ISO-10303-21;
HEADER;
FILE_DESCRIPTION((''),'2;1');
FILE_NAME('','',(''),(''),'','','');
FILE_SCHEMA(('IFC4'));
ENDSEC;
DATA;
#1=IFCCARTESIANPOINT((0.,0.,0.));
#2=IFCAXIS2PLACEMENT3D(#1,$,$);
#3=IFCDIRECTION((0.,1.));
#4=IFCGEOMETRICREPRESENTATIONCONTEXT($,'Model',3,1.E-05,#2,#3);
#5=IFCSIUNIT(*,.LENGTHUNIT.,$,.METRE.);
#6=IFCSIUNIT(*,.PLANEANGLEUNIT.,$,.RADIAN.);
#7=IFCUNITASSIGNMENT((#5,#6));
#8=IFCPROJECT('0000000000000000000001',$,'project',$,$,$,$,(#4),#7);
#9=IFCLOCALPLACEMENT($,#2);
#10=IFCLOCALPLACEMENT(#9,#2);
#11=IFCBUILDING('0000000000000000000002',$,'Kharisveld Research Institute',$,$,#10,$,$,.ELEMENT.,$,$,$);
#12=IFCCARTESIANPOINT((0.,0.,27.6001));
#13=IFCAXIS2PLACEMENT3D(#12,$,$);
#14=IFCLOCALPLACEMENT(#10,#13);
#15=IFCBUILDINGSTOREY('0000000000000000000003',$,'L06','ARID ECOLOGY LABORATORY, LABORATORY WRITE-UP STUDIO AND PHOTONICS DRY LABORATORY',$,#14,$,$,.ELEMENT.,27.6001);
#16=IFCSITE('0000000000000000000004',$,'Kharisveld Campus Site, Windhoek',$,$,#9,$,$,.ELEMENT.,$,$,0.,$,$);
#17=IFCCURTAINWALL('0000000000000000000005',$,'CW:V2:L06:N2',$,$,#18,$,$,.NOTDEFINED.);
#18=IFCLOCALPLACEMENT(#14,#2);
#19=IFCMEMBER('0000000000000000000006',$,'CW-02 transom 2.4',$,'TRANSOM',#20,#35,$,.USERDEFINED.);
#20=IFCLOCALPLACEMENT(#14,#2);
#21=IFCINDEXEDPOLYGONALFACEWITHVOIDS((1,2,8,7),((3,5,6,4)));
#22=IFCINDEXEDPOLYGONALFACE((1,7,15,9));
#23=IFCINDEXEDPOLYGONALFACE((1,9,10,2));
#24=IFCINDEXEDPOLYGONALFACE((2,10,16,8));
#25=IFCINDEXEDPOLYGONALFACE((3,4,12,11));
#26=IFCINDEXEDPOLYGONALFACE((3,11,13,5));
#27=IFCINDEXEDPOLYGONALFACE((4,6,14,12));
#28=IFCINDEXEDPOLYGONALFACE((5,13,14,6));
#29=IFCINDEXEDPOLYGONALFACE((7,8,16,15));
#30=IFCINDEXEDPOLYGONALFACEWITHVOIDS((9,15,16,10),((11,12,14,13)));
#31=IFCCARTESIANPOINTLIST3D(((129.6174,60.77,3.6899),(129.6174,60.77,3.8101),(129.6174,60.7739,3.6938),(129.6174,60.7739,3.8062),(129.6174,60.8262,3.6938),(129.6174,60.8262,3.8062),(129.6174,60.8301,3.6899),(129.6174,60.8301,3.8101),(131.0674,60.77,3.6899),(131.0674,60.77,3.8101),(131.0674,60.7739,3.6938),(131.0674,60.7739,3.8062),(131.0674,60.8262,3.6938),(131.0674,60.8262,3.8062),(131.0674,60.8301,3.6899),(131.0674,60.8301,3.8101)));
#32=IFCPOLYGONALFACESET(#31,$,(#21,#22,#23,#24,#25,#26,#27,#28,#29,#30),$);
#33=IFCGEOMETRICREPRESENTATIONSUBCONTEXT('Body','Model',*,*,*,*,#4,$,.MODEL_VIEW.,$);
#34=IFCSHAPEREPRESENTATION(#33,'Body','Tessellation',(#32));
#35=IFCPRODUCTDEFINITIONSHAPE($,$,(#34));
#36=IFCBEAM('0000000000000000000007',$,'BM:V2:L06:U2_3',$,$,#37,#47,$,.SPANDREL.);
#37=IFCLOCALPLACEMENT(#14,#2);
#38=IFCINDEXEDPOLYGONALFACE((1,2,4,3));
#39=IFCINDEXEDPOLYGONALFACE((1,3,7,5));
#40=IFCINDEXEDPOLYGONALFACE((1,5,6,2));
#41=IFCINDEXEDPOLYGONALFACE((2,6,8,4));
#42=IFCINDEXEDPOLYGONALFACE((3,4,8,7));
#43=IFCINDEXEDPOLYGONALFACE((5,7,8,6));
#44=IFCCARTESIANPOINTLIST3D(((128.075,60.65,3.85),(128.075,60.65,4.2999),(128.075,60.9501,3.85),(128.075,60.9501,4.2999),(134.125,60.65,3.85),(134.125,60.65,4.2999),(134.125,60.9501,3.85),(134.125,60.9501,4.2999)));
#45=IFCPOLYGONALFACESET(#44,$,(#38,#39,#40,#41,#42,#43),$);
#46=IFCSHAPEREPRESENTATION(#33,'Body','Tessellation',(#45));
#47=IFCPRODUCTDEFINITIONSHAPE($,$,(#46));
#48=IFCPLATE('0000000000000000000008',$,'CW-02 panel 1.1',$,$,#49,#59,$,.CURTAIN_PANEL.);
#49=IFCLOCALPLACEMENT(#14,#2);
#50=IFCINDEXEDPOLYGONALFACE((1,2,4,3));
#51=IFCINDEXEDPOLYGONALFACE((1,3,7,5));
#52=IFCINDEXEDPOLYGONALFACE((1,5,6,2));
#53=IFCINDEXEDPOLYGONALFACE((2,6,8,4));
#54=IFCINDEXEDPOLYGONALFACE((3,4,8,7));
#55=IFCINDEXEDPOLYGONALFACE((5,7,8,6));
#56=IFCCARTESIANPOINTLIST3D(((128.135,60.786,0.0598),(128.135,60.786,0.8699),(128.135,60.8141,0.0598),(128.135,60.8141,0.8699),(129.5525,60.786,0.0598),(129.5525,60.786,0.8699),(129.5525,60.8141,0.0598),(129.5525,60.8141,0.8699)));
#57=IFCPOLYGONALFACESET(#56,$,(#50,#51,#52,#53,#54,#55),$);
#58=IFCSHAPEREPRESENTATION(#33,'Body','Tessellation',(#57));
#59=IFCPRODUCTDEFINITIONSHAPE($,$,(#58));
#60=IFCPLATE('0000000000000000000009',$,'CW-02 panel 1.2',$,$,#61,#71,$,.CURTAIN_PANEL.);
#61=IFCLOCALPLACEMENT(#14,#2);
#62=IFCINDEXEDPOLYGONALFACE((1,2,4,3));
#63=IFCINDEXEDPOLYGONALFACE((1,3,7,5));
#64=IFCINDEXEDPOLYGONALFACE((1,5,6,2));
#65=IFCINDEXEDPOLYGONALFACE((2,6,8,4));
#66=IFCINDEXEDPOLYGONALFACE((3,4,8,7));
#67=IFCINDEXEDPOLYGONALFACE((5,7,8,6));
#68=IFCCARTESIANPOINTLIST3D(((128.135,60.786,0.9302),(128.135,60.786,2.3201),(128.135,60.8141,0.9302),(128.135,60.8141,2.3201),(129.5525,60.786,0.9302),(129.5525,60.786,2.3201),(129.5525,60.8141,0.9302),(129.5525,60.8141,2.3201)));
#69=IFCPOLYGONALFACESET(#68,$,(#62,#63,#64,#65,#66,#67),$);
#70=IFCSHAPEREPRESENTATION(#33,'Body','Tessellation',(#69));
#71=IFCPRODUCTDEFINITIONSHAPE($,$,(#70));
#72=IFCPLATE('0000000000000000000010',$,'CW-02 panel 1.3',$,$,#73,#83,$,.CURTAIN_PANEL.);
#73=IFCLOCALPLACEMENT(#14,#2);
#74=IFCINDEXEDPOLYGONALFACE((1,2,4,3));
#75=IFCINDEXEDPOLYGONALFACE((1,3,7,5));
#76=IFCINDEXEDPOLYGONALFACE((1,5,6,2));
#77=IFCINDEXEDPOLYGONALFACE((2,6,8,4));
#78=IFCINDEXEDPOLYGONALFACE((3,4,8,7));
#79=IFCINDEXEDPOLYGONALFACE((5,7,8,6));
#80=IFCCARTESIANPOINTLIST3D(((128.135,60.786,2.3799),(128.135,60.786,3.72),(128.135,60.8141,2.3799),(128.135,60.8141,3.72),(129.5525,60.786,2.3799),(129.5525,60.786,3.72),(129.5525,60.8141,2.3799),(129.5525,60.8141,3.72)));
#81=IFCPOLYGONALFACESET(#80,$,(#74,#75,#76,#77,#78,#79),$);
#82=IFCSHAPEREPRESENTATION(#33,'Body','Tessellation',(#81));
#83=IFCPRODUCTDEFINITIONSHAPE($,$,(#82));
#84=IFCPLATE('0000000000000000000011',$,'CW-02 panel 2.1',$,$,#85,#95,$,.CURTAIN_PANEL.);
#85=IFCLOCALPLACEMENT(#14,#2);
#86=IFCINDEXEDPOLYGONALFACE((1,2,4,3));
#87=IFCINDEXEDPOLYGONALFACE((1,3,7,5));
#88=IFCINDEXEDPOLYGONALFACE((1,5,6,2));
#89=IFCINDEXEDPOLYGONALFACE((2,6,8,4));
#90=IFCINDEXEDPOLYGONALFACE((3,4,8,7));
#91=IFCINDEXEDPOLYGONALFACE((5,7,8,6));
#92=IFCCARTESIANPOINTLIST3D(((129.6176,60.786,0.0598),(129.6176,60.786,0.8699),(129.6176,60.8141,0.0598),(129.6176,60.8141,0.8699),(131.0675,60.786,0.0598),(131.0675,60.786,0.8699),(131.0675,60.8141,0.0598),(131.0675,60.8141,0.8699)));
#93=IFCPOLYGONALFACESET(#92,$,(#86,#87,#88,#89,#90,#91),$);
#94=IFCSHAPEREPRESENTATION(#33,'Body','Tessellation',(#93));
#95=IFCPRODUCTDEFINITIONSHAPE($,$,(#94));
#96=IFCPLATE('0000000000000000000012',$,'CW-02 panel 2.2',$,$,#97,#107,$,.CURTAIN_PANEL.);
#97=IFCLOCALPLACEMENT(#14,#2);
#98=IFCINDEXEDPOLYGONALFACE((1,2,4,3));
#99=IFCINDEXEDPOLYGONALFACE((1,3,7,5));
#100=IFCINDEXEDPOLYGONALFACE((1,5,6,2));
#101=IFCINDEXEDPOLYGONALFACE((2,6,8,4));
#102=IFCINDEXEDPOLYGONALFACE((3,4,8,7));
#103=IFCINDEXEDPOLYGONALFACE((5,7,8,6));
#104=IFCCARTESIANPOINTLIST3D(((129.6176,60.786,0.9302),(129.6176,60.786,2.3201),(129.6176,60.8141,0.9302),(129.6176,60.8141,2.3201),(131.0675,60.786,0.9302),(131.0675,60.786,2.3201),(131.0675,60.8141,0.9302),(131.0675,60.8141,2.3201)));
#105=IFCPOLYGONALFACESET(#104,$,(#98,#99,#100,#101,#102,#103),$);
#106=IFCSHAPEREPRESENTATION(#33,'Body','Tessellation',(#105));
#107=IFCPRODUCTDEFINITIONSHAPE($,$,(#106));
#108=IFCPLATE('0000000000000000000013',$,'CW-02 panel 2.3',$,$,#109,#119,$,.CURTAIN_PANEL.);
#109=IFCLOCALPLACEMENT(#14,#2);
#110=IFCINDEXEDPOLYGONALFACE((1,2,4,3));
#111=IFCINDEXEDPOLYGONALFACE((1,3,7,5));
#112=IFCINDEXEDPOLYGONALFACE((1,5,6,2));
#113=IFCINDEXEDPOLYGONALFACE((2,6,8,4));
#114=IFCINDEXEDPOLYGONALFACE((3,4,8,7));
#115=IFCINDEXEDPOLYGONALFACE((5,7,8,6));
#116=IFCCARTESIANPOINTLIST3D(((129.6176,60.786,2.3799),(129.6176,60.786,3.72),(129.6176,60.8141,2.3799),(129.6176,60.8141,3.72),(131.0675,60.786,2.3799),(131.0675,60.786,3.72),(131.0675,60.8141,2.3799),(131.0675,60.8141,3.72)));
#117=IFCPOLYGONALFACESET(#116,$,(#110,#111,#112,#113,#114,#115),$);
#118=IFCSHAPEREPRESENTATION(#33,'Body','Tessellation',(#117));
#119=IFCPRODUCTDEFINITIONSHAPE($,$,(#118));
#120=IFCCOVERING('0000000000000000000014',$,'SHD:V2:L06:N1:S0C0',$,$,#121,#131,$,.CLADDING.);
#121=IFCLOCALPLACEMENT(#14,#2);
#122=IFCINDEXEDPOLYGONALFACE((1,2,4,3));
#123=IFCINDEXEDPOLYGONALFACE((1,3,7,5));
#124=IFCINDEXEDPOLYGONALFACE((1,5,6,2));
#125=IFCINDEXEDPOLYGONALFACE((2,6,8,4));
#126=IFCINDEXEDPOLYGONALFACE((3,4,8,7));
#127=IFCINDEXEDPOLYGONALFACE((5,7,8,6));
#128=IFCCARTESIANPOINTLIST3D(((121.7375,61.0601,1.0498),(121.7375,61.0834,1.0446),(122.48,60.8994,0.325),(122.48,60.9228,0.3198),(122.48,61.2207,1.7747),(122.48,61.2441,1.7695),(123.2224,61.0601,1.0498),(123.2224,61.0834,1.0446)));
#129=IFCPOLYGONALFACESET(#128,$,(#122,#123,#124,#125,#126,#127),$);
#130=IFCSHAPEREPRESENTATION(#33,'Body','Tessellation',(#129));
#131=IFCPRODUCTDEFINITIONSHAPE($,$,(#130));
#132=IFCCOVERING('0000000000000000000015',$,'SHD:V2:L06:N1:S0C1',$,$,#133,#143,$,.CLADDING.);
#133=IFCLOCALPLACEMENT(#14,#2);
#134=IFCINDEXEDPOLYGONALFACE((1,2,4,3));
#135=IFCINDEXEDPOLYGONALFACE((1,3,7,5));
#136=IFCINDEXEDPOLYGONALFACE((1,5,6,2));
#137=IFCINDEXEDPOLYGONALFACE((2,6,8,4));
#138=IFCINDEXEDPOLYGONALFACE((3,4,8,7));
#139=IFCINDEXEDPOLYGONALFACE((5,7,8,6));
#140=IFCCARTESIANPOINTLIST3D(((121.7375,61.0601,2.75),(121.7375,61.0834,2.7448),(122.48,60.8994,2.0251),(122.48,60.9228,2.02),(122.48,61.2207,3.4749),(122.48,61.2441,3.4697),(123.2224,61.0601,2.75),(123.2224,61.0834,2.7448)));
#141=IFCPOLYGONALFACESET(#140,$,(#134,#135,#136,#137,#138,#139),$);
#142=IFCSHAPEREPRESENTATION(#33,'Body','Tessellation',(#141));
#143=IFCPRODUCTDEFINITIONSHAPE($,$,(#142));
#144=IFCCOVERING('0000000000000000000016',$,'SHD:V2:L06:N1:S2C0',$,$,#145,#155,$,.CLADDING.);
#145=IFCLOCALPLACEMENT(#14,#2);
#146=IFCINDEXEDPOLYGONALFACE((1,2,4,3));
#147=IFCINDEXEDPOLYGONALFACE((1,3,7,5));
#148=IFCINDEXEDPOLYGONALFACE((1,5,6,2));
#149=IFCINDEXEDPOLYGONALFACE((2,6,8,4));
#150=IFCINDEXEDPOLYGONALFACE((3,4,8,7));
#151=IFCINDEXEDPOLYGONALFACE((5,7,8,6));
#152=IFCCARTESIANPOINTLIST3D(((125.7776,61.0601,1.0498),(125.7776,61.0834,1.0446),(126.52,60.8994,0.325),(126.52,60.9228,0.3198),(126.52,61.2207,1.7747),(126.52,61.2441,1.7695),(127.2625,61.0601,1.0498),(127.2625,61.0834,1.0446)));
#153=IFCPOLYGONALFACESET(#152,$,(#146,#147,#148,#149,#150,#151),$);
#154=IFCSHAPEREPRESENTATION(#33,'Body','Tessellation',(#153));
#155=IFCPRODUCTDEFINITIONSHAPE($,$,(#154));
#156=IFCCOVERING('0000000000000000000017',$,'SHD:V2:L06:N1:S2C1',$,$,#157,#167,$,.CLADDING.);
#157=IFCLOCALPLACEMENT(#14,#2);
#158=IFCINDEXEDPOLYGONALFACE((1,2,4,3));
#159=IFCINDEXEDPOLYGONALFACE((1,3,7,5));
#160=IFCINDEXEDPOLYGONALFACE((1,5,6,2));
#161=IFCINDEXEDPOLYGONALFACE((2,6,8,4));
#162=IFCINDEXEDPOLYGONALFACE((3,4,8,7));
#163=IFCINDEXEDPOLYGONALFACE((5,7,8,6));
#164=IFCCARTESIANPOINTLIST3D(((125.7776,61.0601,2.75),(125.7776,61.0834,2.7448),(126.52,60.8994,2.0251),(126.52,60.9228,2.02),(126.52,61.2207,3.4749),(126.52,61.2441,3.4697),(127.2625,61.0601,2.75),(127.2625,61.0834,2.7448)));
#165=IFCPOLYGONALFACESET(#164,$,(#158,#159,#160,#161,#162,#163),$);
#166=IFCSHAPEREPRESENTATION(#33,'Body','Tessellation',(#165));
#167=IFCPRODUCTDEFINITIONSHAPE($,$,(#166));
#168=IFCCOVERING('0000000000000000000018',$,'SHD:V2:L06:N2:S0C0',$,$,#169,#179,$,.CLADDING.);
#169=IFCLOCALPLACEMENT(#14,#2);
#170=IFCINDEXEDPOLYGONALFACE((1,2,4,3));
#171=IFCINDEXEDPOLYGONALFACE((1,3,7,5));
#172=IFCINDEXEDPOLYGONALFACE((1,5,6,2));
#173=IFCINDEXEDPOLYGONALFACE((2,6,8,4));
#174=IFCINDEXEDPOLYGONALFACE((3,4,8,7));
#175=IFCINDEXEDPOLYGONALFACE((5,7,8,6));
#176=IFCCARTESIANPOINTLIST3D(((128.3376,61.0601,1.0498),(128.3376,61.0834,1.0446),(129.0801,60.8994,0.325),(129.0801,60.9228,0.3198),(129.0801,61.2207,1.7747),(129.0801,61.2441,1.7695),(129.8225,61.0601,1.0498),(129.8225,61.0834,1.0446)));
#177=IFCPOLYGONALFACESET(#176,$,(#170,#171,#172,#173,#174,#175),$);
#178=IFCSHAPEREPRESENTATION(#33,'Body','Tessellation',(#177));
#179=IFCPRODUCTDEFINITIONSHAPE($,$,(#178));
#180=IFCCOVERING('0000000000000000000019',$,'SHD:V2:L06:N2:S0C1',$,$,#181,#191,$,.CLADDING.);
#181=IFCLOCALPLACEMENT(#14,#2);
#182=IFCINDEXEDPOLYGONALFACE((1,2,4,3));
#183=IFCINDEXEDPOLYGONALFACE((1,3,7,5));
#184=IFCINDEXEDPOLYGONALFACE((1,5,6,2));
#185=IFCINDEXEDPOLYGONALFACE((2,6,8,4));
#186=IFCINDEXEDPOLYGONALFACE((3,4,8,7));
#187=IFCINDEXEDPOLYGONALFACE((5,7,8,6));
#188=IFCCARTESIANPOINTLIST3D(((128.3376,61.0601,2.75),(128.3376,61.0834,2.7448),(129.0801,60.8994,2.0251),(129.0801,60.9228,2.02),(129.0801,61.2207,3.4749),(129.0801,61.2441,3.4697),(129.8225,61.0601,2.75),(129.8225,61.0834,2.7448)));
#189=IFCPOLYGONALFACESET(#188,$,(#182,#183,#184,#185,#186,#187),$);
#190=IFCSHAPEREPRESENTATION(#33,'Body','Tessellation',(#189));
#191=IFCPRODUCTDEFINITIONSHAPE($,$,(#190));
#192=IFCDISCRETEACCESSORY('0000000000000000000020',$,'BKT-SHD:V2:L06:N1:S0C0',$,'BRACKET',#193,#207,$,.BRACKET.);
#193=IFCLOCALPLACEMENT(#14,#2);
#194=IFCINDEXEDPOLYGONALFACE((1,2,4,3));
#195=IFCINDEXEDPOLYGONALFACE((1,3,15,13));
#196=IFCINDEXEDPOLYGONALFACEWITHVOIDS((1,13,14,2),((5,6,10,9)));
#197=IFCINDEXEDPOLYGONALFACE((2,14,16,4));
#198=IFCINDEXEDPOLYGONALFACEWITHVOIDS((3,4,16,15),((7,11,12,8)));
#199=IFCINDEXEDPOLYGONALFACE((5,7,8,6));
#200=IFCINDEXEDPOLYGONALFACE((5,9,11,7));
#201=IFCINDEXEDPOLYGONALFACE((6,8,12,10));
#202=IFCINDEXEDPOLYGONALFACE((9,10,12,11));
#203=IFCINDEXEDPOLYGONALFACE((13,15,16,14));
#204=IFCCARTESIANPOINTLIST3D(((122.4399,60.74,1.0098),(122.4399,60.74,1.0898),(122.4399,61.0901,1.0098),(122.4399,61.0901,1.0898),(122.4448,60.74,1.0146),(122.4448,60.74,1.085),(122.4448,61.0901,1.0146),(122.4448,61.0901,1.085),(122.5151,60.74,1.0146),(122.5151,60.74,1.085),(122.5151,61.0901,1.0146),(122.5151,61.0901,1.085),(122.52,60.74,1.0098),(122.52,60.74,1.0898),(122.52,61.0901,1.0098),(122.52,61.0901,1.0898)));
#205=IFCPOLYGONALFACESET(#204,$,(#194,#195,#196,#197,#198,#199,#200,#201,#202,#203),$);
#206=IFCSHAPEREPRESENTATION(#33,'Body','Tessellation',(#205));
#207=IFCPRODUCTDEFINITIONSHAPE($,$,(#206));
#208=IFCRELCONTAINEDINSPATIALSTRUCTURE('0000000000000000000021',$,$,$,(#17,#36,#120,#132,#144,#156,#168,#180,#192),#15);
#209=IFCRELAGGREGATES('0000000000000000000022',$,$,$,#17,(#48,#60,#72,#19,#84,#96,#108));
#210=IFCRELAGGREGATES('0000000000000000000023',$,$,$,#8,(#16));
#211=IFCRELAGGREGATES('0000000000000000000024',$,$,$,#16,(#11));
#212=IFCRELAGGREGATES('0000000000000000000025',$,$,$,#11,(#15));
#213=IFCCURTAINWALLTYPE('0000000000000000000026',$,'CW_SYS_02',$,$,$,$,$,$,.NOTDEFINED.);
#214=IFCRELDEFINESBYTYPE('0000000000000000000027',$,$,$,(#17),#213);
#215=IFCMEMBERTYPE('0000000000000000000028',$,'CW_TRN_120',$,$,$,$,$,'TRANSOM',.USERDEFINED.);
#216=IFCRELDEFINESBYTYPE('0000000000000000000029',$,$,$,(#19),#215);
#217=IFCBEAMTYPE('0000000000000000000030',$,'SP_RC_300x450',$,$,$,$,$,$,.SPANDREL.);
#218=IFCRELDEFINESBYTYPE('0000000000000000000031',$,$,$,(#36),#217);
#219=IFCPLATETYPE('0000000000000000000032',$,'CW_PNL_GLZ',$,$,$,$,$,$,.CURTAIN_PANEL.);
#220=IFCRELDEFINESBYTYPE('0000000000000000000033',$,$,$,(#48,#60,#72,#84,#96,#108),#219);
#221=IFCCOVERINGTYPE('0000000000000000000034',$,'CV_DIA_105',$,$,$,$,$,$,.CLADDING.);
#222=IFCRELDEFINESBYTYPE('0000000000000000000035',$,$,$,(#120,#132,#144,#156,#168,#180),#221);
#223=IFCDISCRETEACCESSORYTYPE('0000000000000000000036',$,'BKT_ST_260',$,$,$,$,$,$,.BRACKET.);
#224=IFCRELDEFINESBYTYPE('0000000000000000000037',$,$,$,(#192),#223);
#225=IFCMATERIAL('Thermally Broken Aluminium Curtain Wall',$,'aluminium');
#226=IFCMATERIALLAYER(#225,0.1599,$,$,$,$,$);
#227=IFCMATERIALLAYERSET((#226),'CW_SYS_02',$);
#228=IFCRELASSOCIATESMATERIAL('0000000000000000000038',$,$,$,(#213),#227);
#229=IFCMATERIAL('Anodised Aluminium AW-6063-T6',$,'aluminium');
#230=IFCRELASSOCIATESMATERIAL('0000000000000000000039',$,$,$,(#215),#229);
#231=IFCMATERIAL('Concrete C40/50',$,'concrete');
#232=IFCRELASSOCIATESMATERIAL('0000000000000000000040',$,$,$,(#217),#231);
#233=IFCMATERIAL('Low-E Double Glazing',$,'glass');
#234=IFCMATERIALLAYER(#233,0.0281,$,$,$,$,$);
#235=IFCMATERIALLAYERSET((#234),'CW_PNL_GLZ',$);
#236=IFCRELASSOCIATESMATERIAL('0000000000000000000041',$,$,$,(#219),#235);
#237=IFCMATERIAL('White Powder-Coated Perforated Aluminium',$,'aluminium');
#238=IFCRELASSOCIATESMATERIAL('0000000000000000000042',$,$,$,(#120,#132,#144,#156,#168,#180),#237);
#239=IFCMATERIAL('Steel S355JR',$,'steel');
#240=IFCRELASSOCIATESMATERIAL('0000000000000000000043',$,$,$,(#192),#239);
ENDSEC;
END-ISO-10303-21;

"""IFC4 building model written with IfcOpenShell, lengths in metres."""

from ifc_helpers import new_model, si_unit, direction, frame, origin, origin_2d, place, context, subcontext, project, spatial, polyline, rectangle, hollow_rectangle, outline, extrude, material, layer, layer_set, material_profile, profile_set, type_object, element, aggregate, save


model = new_model("IFC4")

# Units and contexts
model_context = context("Model", 3, precision=1e-05, world=origin(), true_north=direction((0.0, 1.0)))
body_context = subcontext(model_context, "Body", "Model", "MODEL_VIEW")
ifc_project = project(units=[si_unit("LENGTHUNIT", "METRE"), si_unit("PLANEANGLEUNIT", "RADIAN")], contexts=[model_context])

# Site, building, storey
site_placement = place(None, origin())
site = spatial("IfcSite", under=ifc_project, at=site_placement, Name="Kharisveld Campus Site, Windhoek", CompositionType="ELEMENT", RefElevation=0.0)
building_placement = place(site_placement, origin())
building = spatial("IfcBuilding", under=site, at=building_placement, Name="Kharisveld Research Institute", CompositionType="ELEMENT")
storey_placement = place(building_placement, frame((0.0, 0.0, 27.6001)))
storey = spatial("IfcBuildingStorey", under=building, at=storey_placement, Name="L06", Description="ARID ECOLOGY LABORATORY, LABORATORY WRITE-UP STUDIO AND PHOTONICS DRY LABORATORY", CompositionType="ELEMENT", Elevation=27.6001)

# Curtain wall, member
ifc_material_1 = material(Name="Thermally Broken Aluminium Curtain Wall", Category="aluminium")
ifc_layer_1 = layer(ifc_material_1, 0.1599)
ifc_layer_set_1 = layer_set([ifc_layer_1], Name="CW_SYS_02")
curtain_wall_type = type_object("IfcCurtainWallType", Name="CW_SYS_02", PredefinedType="NOTDEFINED", material=ifc_layer_set_1)
curtain_wall_placement = place(storey_placement, origin())
curtain_wall = element("IfcCurtainWall", 1, at=curtain_wall_placement, inside=storey, type_object=curtain_wall_type, Name="CW:V2:L06:N2", PredefinedType="NOTDEFINED")
ifc_material_2 = material(Name="Anodised Aluminium AW-6063-T6", Category="aluminium")
ifc_material_profile_1 = material_profile(ifc_material_2, hollow_rectangle(XDim=0.0601, YDim=0.1201, WallThickness=0.0039, at=origin_2d()))
ifc_profile_set_1 = profile_set([ifc_material_profile_1], Name="Anodised Aluminium AW-6063-T6")
member_type_1 = type_object("IfcMemberType", Name="CW_TRN_120", ElementType="TRANSOM", PredefinedType="USERDEFINED", material=ifc_profile_set_1)
member_1_placement = place(storey_placement, frame((129.6174, 60.8, 3.75), z_axis=(1.0, 0.0, 0.0), x_axis=(0.0, 1.0, 0.0)))
member_1 = element("IfcMember", 2, at=member_1_placement, type_object=member_type_1, Name="CW-02 transom 2.4", ObjectType="TRANSOM", PredefinedType="USERDEFINED", context=body_context, shape_type="SweptSolid", body=[
    extrude(hollow_rectangle(XDim=0.0601, YDim=0.1201, WallThickness=0.0039, at=origin_2d()), origin(), (0.0, 0.0, 1.0), 1.45),
])

# Beam
ifc_material_3 = material(Name="Concrete C40/50", Category="concrete")
ifc_material_profile_2 = material_profile(ifc_material_3, rectangle(XDim=0.3, YDim=0.45, at=origin_2d()))
ifc_profile_set_2 = profile_set([ifc_material_profile_2], Name="Concrete C40/50")
beam_type = type_object("IfcBeamType", Name="SP_RC_300x450", PredefinedType="SPANDREL", material=ifc_profile_set_2)
beam_placement = place(storey_placement, frame((128.075, 60.8, 4.075), z_axis=(1.0, 0.0, 0.0), x_axis=(0.0, 1.0, 0.0)))
element("IfcBeam", 3, at=beam_placement, inside=storey, type_object=beam_type, Name="BM:V2:L06:U2_3", PredefinedType="SPANDREL", context=body_context, shape_type="SweptSolid", body=[
    extrude(rectangle(XDim=0.3, YDim=0.45, at=origin_2d()), origin(), (0.0, 0.0, 1.0), 6.05),
])

# Plates
ifc_material_4 = material(Name="Low-E Double Glazing", Category="glass")
ifc_layer_2 = layer(ifc_material_4, 0.0281)
ifc_layer_set_2 = layer_set([ifc_layer_2], Name="CW_PNL_GLZ")
plate_type = type_object("IfcPlateType", Name="CW_PNL_GLZ", PredefinedType="CURTAIN_PANEL", material=ifc_layer_set_2)
plate_1_placement = place(storey_placement, frame((128.8438, 60.8, 0.0598), z_axis=(0.0, 0.0, 1.0), x_axis=(1.0, 0.0, 0.0)))
plate_1 = element("IfcPlate", 4, at=plate_1_placement, type_object=plate_type, Name="CW-02 panel 1.1", PredefinedType="CURTAIN_PANEL", context=body_context, shape_type="SweptSolid", body=[
    extrude(rectangle(XDim=1.4175, YDim=0.0281, at=origin_2d()), origin(), (0.0, 0.0, 1.0), 0.8101),
])
plate_2_placement = place(storey_placement, frame((128.8438, 60.8, 0.9302), z_axis=(0.0, 0.0, 1.0), x_axis=(1.0, 0.0, 0.0)))
plate_2 = element("IfcPlate", 5, at=plate_2_placement, type_object=plate_type, Name="CW-02 panel 1.2", PredefinedType="CURTAIN_PANEL", context=body_context, shape_type="SweptSolid", body=[
    extrude(rectangle(XDim=1.4175, YDim=0.0281, at=origin_2d()), origin(), (0.0, 0.0, 1.0), 1.3899),
])
plate_3_placement = place(storey_placement, frame((128.8438, 60.8, 2.3799), z_axis=(0.0, 0.0, 1.0), x_axis=(1.0, 0.0, 0.0)))
plate_3 = element("IfcPlate", 6, at=plate_3_placement, type_object=plate_type, Name="CW-02 panel 1.3", PredefinedType="CURTAIN_PANEL", context=body_context, shape_type="SweptSolid", body=[
    extrude(rectangle(XDim=1.4175, YDim=0.0281, at=origin_2d()), origin(), (0.0, 0.0, 1.0), 1.3401),
])
plate_4_placement = place(storey_placement, frame((130.3425, 60.8, 0.0598), z_axis=(0.0, 0.0, 1.0), x_axis=(1.0, 0.0, 0.0)))
plate_4 = element("IfcPlate", 7, at=plate_4_placement, type_object=plate_type, Name="CW-02 panel 2.1", PredefinedType="CURTAIN_PANEL", context=body_context, shape_type="SweptSolid", body=[
    extrude(rectangle(XDim=1.45, YDim=0.0281, at=origin_2d()), origin(), (0.0, 0.0, 1.0), 0.8101),
])
plate_5_placement = place(storey_placement, frame((130.3425, 60.8, 0.9302), z_axis=(0.0, 0.0, 1.0), x_axis=(1.0, 0.0, 0.0)))
plate_5 = element("IfcPlate", 8, at=plate_5_placement, type_object=plate_type, Name="CW-02 panel 2.2", PredefinedType="CURTAIN_PANEL", context=body_context, shape_type="SweptSolid", body=[
    extrude(rectangle(XDim=1.45, YDim=0.0281, at=origin_2d()), origin(), (0.0, 0.0, 1.0), 1.3899),
])
plate_6_placement = place(storey_placement, frame((130.3425, 60.8, 2.3799), z_axis=(0.0, 0.0, 1.0), x_axis=(1.0, 0.0, 0.0)))
plate_6 = element("IfcPlate", 9, at=plate_6_placement, type_object=plate_type, Name="CW-02 panel 2.3", PredefinedType="CURTAIN_PANEL", context=body_context, shape_type="SweptSolid", body=[
    extrude(rectangle(XDim=1.45, YDim=0.0281, at=origin_2d()), origin(), (0.0, 0.0, 1.0), 1.3401),
])
aggregate(curtain_wall, [plate_1, plate_2, plate_3, member_1, plate_4, plate_5, plate_6])

# Coverings
ifc_material_5 = material(Name="White Powder-Coated Perforated Aluminium", Category="aluminium")
covering_type = type_object("IfcCoveringType", Name="CV_DIA_105", PredefinedType="CLADDING")
for number, where, z_axis, x_axis, name in (
    (10, (122.48, 60.8994, 0.325), (0.0, -0.976311, 0.216373), (0.707102, 0.153, 0.69036), "SHD:V2:L06:N1:S0C0"),
    (11, (122.48, 60.8994, 2.0251), (0.0, -0.976311, 0.216373), (0.707102, 0.153, 0.69036), "SHD:V2:L06:N1:S0C1"),
    (12, (126.52, 60.8994, 0.325), (0.0, -0.976311, 0.216373), (0.707102, 0.153, 0.69036), "SHD:V2:L06:N1:S2C0"),
    (13, (126.52, 60.8994, 2.0251), (0.0, -0.976311, 0.216373), (0.707102, 0.153, 0.69036), "SHD:V2:L06:N1:S2C1"),
    (14, (129.0801, 60.8994, 0.325), (0.0, -0.976311, 0.216373), (0.707102, 0.153, 0.69036), "SHD:V2:L06:N2:S0C0"),
    (15, (129.0801, 60.8994, 2.0251), (0.0, -0.976311, 0.216373), (0.707102, 0.153, 0.69036), "SHD:V2:L06:N2:S0C1"),
):
    element("IfcCovering", number, at=place(storey_placement, frame(where, z_axis=z_axis, x_axis=x_axis)), inside=storey, type_object=covering_type, material=ifc_material_5, Name=name, PredefinedType="CLADDING", context=body_context, shape_type="SweptSolid", body=[
        extrude(outline(polyline([(0.0, 0.0), (1.05, 0.0), (1.05, 1.05), (0.0, 1.05), (0.0, 0.0)])), origin(), (0.0, 0.0, -1.0), 0.0239),
    ])

# Discrete accessory
ifc_material_6 = material(Name="Steel S355JR", Category="steel")
discrete_accessory_type = type_object("IfcDiscreteAccessoryType", Name="BKT_ST_260", PredefinedType="BRACKET")
for number, where, z_axis, x_axis, name in (
    (16, (122.48, 60.74, 1.0498), (0.0, 1.0, 0.0), (-1.0, 0.0, 0.0), "BKT-SHD:V2:L06:N1:S0C0"),
):
    element("IfcDiscreteAccessory", number, at=place(storey_placement, frame(where, z_axis=z_axis, x_axis=x_axis)), inside=storey, type_object=discrete_accessory_type, material=ifc_material_6, Name=name, ObjectType="BRACKET", PredefinedType="BRACKET", context=body_context, shape_type="SweptSolid", body=[
        extrude(hollow_rectangle(XDim=0.0801, YDim=0.0801, WallThickness=0.0049, at=origin_2d()), origin(), (0.0, 0.0, 1.0), 0.3501),
    ])

save(model, "model.ifc")
